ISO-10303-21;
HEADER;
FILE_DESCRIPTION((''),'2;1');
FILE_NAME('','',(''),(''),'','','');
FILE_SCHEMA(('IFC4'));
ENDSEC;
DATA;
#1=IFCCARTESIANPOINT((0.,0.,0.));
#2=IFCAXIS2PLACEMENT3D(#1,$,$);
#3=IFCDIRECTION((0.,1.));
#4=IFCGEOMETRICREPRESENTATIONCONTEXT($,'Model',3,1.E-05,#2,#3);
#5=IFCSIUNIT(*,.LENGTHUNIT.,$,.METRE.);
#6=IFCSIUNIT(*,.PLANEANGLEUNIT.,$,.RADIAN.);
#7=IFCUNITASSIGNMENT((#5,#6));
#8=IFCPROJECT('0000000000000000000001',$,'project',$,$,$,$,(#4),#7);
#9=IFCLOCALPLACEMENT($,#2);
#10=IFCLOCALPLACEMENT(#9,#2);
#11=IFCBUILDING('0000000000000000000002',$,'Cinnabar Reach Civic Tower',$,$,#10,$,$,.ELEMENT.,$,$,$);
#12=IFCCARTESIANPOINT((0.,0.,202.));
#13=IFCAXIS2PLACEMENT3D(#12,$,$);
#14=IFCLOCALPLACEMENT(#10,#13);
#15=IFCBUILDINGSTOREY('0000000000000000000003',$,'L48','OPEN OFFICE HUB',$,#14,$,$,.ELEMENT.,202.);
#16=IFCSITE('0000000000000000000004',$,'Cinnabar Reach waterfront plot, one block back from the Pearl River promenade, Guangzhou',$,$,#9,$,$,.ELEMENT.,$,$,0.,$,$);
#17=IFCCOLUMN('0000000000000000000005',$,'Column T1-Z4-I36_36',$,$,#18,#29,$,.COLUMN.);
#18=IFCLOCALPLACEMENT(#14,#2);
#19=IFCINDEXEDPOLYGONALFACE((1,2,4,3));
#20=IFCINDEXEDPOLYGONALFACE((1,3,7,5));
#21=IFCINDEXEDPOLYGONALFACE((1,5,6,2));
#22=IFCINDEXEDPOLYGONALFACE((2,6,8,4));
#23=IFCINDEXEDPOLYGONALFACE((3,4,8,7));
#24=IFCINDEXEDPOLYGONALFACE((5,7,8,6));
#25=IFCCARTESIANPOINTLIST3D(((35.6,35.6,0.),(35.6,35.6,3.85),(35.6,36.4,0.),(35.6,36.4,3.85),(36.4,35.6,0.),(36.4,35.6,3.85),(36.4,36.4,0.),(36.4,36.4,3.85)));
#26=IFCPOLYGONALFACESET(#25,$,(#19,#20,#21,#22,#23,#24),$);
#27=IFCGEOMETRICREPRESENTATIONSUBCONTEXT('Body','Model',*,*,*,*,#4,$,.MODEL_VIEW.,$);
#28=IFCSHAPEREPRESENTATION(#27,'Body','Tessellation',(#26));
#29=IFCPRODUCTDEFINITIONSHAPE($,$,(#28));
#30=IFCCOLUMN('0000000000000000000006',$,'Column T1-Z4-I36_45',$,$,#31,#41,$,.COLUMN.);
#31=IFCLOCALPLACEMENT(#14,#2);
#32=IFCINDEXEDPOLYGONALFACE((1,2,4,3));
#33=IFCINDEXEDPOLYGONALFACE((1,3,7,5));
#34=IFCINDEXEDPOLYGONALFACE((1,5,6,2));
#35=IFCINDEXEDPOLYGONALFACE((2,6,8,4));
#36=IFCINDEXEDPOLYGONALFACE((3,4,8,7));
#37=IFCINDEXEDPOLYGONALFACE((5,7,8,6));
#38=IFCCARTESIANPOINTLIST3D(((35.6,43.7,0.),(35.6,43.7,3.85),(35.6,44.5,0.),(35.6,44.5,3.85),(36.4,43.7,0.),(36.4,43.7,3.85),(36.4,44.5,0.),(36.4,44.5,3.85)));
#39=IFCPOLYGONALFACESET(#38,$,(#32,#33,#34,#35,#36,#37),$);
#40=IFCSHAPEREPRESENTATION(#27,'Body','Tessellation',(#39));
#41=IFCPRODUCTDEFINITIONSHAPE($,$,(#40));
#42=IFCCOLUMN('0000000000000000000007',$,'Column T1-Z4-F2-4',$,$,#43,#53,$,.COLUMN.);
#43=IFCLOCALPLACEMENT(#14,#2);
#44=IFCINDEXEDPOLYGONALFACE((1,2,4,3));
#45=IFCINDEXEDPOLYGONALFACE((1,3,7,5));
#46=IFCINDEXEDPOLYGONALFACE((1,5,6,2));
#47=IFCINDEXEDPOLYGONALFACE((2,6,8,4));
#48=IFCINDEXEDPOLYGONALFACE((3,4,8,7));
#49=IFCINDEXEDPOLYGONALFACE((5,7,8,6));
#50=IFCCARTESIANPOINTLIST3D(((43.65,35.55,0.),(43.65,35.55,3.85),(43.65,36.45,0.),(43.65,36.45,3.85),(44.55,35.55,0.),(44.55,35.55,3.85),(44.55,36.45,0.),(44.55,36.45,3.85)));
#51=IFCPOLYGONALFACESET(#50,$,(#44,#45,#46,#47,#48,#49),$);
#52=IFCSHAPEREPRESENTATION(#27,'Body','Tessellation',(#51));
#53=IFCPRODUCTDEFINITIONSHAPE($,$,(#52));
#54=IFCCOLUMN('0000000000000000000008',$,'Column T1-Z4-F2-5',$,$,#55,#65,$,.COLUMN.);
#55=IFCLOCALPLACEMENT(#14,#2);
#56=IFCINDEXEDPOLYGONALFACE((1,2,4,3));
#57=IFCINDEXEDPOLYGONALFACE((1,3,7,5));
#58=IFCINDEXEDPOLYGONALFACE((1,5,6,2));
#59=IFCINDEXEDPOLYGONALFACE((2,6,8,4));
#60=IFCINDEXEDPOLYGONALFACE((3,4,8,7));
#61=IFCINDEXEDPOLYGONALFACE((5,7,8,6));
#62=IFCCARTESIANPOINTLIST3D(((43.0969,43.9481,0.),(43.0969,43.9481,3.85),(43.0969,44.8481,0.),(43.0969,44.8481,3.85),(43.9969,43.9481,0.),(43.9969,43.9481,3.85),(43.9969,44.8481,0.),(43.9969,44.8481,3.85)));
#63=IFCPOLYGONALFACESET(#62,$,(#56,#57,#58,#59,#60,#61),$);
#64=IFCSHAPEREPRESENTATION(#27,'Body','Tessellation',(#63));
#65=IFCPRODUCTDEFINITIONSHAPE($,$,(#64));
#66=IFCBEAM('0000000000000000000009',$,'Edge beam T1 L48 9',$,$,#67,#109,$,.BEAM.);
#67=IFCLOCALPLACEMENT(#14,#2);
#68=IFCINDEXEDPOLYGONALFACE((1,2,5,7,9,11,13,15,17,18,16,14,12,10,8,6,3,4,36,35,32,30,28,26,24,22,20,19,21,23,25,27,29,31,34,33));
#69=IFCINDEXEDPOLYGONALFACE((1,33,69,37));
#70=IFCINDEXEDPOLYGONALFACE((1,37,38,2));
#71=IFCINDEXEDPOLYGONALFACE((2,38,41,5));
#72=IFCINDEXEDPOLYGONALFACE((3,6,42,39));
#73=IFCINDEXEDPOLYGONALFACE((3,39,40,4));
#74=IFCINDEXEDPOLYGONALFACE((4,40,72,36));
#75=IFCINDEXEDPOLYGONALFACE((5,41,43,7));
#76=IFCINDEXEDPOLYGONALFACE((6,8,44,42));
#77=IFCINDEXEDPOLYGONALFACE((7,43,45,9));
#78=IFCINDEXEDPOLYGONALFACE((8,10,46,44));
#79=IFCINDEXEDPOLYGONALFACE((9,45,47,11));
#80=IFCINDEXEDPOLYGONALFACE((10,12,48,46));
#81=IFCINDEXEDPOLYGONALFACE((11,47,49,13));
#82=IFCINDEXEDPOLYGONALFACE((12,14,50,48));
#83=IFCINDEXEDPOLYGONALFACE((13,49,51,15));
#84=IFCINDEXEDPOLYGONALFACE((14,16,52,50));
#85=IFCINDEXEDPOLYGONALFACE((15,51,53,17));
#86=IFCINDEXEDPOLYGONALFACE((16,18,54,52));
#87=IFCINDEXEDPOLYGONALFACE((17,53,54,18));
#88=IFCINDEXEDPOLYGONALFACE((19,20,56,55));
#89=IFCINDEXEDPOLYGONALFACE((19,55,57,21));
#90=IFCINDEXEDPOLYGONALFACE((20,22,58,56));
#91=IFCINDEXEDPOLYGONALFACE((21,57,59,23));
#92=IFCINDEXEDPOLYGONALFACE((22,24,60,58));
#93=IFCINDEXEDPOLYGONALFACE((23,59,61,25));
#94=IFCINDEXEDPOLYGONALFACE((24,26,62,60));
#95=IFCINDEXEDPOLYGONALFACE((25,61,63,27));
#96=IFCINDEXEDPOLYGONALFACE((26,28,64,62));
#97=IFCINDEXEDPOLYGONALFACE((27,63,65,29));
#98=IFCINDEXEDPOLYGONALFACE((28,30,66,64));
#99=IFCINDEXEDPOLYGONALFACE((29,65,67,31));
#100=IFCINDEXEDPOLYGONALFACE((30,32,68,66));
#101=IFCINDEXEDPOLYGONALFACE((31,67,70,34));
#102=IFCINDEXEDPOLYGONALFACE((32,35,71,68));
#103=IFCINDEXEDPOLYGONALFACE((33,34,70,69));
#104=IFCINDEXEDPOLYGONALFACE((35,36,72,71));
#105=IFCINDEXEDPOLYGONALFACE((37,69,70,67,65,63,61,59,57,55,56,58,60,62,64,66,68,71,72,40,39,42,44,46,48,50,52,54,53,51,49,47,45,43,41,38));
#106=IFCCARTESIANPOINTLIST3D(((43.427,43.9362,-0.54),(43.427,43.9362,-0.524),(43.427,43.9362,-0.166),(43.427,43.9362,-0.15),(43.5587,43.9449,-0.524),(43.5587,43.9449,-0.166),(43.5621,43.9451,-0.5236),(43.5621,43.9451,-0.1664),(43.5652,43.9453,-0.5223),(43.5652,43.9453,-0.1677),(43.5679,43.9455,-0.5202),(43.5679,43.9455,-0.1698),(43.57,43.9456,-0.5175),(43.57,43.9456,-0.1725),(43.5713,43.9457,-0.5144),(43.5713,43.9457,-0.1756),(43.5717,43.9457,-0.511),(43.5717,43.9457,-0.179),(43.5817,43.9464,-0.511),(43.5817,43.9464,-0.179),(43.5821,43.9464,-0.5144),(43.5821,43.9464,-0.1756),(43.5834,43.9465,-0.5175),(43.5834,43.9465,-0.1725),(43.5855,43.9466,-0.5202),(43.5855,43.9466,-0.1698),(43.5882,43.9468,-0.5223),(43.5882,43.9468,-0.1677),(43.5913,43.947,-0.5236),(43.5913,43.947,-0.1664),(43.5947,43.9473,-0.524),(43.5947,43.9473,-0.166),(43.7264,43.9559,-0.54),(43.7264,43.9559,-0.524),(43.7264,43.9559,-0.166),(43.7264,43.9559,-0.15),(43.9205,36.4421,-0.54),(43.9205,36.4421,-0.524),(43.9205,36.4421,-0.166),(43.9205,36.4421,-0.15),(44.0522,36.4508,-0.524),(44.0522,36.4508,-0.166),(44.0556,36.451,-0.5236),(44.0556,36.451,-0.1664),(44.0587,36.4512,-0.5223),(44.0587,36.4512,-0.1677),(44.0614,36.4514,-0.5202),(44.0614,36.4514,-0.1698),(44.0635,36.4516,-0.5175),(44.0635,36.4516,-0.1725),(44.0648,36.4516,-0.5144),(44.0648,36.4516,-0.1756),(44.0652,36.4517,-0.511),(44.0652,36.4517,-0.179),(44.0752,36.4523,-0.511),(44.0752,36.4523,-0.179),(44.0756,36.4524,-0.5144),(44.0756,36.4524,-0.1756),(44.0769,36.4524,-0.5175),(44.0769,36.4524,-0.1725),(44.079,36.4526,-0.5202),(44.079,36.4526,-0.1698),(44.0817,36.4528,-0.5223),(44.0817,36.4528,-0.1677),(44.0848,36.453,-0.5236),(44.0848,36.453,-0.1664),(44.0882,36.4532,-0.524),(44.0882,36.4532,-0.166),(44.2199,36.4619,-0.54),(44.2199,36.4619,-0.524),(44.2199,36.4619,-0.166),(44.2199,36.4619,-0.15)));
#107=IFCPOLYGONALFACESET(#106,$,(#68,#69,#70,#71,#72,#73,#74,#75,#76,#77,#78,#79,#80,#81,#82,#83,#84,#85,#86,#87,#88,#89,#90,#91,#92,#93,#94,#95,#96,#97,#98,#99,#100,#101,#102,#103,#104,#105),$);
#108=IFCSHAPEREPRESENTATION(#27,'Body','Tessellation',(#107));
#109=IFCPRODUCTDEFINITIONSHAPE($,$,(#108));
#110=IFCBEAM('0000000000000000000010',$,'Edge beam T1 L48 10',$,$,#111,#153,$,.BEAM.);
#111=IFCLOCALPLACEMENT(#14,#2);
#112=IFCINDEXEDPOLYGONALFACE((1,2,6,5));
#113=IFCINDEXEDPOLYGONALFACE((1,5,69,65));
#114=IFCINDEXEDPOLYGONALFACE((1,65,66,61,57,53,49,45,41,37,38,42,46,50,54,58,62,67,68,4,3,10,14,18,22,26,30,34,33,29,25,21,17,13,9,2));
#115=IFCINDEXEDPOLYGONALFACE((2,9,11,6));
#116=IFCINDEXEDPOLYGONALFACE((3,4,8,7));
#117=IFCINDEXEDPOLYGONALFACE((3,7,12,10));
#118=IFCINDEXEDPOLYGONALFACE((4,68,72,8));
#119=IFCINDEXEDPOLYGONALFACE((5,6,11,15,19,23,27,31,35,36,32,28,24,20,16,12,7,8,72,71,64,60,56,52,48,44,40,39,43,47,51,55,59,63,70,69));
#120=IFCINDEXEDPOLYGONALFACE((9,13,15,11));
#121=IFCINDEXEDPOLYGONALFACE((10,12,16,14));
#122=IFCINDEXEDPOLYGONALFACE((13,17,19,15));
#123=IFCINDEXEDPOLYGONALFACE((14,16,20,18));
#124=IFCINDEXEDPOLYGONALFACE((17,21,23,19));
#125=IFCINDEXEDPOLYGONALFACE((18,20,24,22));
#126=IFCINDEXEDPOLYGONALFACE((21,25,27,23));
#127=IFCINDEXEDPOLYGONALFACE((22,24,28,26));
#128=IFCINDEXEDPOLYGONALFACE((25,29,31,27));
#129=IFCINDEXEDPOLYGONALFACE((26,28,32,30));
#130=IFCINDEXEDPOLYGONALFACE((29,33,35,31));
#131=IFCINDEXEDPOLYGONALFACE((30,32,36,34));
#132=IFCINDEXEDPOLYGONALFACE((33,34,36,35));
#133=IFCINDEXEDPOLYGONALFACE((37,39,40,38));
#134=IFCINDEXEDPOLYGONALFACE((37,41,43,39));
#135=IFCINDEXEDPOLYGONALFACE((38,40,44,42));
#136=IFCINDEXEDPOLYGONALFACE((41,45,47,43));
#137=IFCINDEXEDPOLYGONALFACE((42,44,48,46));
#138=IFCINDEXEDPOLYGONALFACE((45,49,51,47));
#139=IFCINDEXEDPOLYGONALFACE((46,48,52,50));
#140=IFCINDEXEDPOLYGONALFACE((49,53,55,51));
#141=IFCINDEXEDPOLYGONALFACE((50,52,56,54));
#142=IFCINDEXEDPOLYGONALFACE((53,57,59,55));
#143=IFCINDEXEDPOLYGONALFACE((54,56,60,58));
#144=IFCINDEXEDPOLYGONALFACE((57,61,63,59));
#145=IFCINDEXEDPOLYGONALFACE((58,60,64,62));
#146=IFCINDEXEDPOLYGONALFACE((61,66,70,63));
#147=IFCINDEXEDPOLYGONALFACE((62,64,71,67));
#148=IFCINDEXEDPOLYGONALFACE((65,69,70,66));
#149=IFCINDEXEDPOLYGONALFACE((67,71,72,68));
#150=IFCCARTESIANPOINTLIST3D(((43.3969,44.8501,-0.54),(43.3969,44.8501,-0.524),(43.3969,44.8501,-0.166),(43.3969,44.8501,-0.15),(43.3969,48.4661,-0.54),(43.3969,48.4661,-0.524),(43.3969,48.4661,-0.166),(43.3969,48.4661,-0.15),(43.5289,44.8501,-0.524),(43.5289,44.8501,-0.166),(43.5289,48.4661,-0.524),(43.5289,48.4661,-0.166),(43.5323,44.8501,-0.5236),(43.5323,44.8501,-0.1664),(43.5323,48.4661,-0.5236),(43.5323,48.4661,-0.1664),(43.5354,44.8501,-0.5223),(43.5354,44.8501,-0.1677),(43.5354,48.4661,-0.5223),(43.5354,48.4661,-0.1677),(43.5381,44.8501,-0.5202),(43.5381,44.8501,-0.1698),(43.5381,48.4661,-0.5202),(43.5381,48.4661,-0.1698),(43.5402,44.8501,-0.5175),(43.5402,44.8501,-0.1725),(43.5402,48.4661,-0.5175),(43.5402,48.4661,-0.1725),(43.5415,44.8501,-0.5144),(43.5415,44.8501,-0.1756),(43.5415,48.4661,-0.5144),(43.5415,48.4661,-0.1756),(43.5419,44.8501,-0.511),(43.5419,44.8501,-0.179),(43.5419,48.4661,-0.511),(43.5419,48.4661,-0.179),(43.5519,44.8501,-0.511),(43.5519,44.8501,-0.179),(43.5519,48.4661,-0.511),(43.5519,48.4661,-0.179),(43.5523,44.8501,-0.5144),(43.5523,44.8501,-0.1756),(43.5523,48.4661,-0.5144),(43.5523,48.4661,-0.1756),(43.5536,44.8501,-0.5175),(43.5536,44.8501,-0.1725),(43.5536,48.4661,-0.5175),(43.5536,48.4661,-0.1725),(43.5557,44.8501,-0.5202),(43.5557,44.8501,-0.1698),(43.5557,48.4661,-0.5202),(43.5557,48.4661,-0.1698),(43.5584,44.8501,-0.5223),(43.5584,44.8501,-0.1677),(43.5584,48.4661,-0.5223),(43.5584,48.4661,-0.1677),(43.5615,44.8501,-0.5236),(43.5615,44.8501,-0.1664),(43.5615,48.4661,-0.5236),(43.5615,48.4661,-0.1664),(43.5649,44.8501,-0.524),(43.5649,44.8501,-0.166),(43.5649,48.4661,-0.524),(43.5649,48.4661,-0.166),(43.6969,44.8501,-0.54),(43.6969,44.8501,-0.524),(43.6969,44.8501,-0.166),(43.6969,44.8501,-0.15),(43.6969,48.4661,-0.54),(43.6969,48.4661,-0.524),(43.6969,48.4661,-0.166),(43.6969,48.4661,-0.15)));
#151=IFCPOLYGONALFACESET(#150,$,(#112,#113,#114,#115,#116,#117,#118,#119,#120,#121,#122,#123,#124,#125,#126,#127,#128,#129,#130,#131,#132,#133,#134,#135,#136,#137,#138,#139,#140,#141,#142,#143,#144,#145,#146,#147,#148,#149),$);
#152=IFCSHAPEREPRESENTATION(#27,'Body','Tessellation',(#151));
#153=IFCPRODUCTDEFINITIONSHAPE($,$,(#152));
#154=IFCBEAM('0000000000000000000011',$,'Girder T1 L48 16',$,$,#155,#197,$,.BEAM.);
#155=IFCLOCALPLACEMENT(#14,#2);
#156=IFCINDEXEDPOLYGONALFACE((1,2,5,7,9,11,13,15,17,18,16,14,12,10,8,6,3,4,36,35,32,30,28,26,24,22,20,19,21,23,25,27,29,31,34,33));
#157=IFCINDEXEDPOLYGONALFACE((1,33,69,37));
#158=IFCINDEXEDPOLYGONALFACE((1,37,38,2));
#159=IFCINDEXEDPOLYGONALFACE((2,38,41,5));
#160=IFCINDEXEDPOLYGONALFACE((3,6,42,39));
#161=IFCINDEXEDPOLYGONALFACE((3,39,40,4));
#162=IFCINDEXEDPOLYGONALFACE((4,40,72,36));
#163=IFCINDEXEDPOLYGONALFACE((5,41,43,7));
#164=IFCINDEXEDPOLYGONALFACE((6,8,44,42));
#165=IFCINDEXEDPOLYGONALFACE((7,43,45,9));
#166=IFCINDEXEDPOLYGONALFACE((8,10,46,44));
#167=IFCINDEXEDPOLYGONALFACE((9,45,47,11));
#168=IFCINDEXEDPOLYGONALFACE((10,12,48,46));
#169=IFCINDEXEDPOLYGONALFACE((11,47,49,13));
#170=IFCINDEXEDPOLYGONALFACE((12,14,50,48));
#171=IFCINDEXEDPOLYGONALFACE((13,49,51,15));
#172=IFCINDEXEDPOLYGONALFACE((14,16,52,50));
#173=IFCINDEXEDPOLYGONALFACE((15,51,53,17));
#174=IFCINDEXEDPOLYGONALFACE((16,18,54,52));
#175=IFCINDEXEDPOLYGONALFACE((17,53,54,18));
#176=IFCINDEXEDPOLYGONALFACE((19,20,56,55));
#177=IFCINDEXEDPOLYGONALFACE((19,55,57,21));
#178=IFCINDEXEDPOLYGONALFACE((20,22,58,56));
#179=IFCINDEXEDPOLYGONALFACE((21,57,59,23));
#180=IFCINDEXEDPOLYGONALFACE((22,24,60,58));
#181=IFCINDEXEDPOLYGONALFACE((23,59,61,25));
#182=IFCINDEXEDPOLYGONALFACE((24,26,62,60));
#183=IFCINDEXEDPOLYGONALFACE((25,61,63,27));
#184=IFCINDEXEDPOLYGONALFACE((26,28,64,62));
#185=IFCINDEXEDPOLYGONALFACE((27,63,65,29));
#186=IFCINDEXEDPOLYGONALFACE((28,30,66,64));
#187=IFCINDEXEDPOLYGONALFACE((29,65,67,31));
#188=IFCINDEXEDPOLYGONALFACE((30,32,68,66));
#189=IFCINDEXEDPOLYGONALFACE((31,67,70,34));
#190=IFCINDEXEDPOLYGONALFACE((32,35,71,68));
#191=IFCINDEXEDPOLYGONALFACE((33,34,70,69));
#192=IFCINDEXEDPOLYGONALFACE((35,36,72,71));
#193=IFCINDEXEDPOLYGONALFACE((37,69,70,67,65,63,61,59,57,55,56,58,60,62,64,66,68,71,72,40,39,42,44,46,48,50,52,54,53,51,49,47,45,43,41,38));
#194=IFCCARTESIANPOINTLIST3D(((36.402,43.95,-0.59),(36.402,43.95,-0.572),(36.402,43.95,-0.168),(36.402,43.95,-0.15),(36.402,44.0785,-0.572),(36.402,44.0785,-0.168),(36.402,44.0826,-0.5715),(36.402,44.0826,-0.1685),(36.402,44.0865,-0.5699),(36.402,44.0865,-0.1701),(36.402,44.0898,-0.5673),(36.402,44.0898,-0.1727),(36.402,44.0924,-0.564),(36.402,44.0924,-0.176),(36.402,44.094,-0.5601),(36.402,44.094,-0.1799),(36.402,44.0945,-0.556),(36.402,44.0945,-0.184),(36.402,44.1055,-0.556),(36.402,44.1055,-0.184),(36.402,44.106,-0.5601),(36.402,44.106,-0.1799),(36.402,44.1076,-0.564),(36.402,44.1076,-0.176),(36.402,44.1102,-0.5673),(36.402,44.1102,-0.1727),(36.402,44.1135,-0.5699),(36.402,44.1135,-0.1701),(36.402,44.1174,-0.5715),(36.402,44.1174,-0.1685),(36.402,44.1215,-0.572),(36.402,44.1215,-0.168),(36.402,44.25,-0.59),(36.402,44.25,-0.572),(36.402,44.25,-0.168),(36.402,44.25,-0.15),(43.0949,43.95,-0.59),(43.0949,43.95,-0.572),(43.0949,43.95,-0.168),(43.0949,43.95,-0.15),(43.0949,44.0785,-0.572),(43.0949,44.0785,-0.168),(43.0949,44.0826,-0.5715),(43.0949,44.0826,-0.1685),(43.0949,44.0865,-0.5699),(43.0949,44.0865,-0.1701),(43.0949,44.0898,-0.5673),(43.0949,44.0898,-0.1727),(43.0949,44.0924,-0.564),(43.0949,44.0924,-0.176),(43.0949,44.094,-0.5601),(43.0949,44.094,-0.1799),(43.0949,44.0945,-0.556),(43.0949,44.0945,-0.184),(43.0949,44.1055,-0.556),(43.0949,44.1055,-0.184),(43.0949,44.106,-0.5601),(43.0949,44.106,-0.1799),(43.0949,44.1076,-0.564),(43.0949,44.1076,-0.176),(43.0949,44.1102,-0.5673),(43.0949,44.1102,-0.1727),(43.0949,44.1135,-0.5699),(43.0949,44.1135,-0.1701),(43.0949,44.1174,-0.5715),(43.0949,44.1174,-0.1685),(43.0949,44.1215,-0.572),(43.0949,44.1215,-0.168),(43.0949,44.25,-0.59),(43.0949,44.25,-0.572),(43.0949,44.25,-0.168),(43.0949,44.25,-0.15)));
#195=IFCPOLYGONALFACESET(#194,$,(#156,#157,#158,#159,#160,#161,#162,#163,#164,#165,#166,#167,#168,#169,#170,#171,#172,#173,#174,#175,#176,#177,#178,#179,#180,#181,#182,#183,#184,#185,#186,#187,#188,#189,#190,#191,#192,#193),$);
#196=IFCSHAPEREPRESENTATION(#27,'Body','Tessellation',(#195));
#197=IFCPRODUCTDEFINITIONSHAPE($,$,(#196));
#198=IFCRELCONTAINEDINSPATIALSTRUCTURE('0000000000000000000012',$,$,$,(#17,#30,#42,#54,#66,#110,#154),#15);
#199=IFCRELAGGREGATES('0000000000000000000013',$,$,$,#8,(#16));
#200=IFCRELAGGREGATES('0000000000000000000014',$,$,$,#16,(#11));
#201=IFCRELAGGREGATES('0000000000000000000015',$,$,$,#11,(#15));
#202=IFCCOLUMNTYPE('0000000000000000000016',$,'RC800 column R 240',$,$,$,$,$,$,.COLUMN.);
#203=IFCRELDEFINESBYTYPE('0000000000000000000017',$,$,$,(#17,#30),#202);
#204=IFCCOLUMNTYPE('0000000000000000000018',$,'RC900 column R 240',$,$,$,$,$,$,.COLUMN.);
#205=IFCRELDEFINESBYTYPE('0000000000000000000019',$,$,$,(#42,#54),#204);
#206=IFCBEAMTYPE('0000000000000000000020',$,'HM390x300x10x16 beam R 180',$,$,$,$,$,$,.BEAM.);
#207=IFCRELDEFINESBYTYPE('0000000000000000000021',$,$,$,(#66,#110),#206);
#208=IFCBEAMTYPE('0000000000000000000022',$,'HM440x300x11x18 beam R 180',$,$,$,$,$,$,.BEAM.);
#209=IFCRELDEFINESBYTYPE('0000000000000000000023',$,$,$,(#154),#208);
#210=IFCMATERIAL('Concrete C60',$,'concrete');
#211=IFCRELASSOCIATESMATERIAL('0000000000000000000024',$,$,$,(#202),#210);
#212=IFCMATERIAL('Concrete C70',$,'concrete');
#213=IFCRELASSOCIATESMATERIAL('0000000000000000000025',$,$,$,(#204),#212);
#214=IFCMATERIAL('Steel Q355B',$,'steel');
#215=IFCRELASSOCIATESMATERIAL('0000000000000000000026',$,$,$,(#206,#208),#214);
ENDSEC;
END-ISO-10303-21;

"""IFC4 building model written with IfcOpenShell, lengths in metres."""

from ifc_helpers import new_model, si_unit, direction, frame, origin, origin_2d, place, context, subcontext, project, spatial, rectangle, i_section, extrude, material, material_profile, profile_set, type_object, element, save


model = new_model("IFC4")

# Units and contexts
model_context = context("Model", 3, precision=1e-05, world=origin(), true_north=direction((0.0, 1.0)))
body_context = subcontext(model_context, "Body", "Model", "MODEL_VIEW")
ifc_project = project(units=[si_unit("LENGTHUNIT", "METRE"), si_unit("PLANEANGLEUNIT", "RADIAN")], contexts=[model_context])

# Site, building, storey
site_placement = place(None, origin())
site = spatial("IfcSite", under=ifc_project, at=site_placement, Name="Cinnabar Reach waterfront plot, one block back from the Pearl River promenade, Guangzhou", CompositionType="ELEMENT", RefElevation=0.0)
building_placement = place(site_placement, origin())
building = spatial("IfcBuilding", under=site, at=building_placement, Name="Cinnabar Reach Civic Tower", CompositionType="ELEMENT")
storey_placement = place(building_placement, frame((0.0, 0.0, 202.0)))
storey = spatial("IfcBuildingStorey", under=building, at=storey_placement, Name="L48", Description="OPEN OFFICE HUB", CompositionType="ELEMENT", Elevation=202.0)

# Columns
ifc_material_1 = material(Name="Concrete C60", Category="concrete")
ifc_material_profile_1 = material_profile(ifc_material_1, rectangle(XDim=0.8, YDim=0.8, at=origin_2d()), Name="RC800")
ifc_profile_set_1 = profile_set([ifc_material_profile_1], Name="Concrete C60")
column_type_1 = type_object("IfcColumnType", Name="RC800 column R 240", PredefinedType="COLUMN", material=ifc_profile_set_1)
for number, where, z_axis, x_axis, name in (
    (1, (36.0, 36.0, 0.0), (0.0, 0.0, 1.0), (1.0, 0.0, 0.0), "Column T1-Z4-I36_36"),
    (2, (36.0, 44.1, 0.0), (0.0, 0.0, 1.0), (1.0, 0.0, 0.0), "Column T1-Z4-I36_45"),
):
    element("IfcColumn", number, at=place(storey_placement, frame(where, z_axis=z_axis, x_axis=x_axis)), inside=storey, type_object=column_type_1, Name=name, PredefinedType="COLUMN", context=body_context, shape_type="SweptSolid", body=[
        extrude(rectangle(XDim=0.8, YDim=0.8, at=origin_2d()), origin(), (0.0, 0.0, 1.0), 3.85),
    ])
ifc_material_2 = material(Name="Concrete C70", Category="concrete")
ifc_material_profile_2 = material_profile(ifc_material_2, rectangle(XDim=0.9, YDim=0.9, at=origin_2d()), Name="RC900")
ifc_profile_set_2 = profile_set([ifc_material_profile_2], Name="Concrete C70")
column_type_2 = type_object("IfcColumnType", Name="RC900 column R 240", PredefinedType="COLUMN", material=ifc_profile_set_2)
for number, where, z_axis, x_axis, name in (
    (3, (44.1, 36.0, 0.0), (0.0, 0.0, 1.0), (1.0, 0.0, 0.0), "Column T1-Z4-F2-4"),
    (4, (43.5469, 44.3981, 0.0), (0.0, 0.0, 1.0), (1.0, 0.0, 0.0), "Column T1-Z4-F2-5"),
):
    element("IfcColumn", number, at=place(storey_placement, frame(where, z_axis=z_axis, x_axis=x_axis)), inside=storey, type_object=column_type_2, Name=name, PredefinedType="COLUMN", context=body_context, shape_type="SweptSolid", body=[
        extrude(rectangle(XDim=0.9, YDim=0.9, at=origin_2d()), origin(), (0.0, 0.0, 1.0), 3.85),
    ])

# Beams
ifc_material_3 = material(Name="Steel Q355B", Category="steel")
ifc_material_profile_3 = material_profile(ifc_material_3, i_section(OverallWidth=0.3, OverallDepth=0.39, WebThickness=0.01, FlangeThickness=0.016, FilletRadius=0.013, at=origin_2d()), Name="HM390x300x10x16")
ifc_profile_set_3 = profile_set([ifc_material_profile_3], Name="Steel Q355B")
beam_type_1 = type_object("IfcBeamType", Name="HM390x300x10x16 beam R 180", PredefinedType="BEAM", material=ifc_profile_set_3)
beam_1_placement = place(storey_placement, frame((44.0702, 36.452, -0.345), z_axis=(-0.065709, 0.997839, 0.0), x_axis=(-0.997839, -0.065709, 0.0)))
element("IfcBeam", 5, at=beam_1_placement, inside=storey, type_object=beam_type_1, Name="Edge beam T1 L48 9", PredefinedType="BEAM", context=body_context, shape_type="SweptSolid", body=[
    extrude(i_section(OverallWidth=0.3, OverallDepth=0.39, WebThickness=0.01, FlangeThickness=0.016, FilletRadius=0.013, at=origin_2d()), origin(), (0.0, 0.0, 1.0), 7.5103),
])
beam_2_placement = place(storey_placement, frame((43.5469, 44.8501, -0.345), z_axis=(0.0, 1.0, 0.0), x_axis=(-1.0, 0.0, 0.0)))
element("IfcBeam", 6, at=beam_2_placement, inside=storey, type_object=beam_type_1, Name="Edge beam T1 L48 10", PredefinedType="BEAM", context=body_context, shape_type="SweptSolid", body=[
    extrude(i_section(OverallWidth=0.3, OverallDepth=0.39, WebThickness=0.01, FlangeThickness=0.016, FilletRadius=0.013, at=origin_2d()), origin(), (0.0, 0.0, 1.0), 3.616),
])
ifc_material_profile_4 = material_profile(ifc_material_3, i_section(OverallWidth=0.3, OverallDepth=0.44, WebThickness=0.011, FlangeThickness=0.018, FilletRadius=0.016, at=origin_2d()), Name="HM440x300x11x18")
ifc_profile_set_4 = profile_set([ifc_material_profile_4], Name="Steel Q355B")
beam_type_2 = type_object("IfcBeamType", Name="HM440x300x11x18 beam R 180", PredefinedType="BEAM", material=ifc_profile_set_4)
beam_3_placement = place(storey_placement, frame((36.402, 44.1, -0.37), z_axis=(1.0, 0.0, 0.0), x_axis=(0.0, 1.0, 0.0)))
element("IfcBeam", 7, at=beam_3_placement, inside=storey, type_object=beam_type_2, Name="Girder T1 L48 16", PredefinedType="BEAM", context=body_context, shape_type="SweptSolid", body=[
    extrude(i_section(OverallWidth=0.3, OverallDepth=0.44, WebThickness=0.011, FlangeThickness=0.018, FilletRadius=0.016, at=origin_2d()), origin(), (0.0, 0.0, 1.0), 6.6929),
])

save(model, "model.ifc")
